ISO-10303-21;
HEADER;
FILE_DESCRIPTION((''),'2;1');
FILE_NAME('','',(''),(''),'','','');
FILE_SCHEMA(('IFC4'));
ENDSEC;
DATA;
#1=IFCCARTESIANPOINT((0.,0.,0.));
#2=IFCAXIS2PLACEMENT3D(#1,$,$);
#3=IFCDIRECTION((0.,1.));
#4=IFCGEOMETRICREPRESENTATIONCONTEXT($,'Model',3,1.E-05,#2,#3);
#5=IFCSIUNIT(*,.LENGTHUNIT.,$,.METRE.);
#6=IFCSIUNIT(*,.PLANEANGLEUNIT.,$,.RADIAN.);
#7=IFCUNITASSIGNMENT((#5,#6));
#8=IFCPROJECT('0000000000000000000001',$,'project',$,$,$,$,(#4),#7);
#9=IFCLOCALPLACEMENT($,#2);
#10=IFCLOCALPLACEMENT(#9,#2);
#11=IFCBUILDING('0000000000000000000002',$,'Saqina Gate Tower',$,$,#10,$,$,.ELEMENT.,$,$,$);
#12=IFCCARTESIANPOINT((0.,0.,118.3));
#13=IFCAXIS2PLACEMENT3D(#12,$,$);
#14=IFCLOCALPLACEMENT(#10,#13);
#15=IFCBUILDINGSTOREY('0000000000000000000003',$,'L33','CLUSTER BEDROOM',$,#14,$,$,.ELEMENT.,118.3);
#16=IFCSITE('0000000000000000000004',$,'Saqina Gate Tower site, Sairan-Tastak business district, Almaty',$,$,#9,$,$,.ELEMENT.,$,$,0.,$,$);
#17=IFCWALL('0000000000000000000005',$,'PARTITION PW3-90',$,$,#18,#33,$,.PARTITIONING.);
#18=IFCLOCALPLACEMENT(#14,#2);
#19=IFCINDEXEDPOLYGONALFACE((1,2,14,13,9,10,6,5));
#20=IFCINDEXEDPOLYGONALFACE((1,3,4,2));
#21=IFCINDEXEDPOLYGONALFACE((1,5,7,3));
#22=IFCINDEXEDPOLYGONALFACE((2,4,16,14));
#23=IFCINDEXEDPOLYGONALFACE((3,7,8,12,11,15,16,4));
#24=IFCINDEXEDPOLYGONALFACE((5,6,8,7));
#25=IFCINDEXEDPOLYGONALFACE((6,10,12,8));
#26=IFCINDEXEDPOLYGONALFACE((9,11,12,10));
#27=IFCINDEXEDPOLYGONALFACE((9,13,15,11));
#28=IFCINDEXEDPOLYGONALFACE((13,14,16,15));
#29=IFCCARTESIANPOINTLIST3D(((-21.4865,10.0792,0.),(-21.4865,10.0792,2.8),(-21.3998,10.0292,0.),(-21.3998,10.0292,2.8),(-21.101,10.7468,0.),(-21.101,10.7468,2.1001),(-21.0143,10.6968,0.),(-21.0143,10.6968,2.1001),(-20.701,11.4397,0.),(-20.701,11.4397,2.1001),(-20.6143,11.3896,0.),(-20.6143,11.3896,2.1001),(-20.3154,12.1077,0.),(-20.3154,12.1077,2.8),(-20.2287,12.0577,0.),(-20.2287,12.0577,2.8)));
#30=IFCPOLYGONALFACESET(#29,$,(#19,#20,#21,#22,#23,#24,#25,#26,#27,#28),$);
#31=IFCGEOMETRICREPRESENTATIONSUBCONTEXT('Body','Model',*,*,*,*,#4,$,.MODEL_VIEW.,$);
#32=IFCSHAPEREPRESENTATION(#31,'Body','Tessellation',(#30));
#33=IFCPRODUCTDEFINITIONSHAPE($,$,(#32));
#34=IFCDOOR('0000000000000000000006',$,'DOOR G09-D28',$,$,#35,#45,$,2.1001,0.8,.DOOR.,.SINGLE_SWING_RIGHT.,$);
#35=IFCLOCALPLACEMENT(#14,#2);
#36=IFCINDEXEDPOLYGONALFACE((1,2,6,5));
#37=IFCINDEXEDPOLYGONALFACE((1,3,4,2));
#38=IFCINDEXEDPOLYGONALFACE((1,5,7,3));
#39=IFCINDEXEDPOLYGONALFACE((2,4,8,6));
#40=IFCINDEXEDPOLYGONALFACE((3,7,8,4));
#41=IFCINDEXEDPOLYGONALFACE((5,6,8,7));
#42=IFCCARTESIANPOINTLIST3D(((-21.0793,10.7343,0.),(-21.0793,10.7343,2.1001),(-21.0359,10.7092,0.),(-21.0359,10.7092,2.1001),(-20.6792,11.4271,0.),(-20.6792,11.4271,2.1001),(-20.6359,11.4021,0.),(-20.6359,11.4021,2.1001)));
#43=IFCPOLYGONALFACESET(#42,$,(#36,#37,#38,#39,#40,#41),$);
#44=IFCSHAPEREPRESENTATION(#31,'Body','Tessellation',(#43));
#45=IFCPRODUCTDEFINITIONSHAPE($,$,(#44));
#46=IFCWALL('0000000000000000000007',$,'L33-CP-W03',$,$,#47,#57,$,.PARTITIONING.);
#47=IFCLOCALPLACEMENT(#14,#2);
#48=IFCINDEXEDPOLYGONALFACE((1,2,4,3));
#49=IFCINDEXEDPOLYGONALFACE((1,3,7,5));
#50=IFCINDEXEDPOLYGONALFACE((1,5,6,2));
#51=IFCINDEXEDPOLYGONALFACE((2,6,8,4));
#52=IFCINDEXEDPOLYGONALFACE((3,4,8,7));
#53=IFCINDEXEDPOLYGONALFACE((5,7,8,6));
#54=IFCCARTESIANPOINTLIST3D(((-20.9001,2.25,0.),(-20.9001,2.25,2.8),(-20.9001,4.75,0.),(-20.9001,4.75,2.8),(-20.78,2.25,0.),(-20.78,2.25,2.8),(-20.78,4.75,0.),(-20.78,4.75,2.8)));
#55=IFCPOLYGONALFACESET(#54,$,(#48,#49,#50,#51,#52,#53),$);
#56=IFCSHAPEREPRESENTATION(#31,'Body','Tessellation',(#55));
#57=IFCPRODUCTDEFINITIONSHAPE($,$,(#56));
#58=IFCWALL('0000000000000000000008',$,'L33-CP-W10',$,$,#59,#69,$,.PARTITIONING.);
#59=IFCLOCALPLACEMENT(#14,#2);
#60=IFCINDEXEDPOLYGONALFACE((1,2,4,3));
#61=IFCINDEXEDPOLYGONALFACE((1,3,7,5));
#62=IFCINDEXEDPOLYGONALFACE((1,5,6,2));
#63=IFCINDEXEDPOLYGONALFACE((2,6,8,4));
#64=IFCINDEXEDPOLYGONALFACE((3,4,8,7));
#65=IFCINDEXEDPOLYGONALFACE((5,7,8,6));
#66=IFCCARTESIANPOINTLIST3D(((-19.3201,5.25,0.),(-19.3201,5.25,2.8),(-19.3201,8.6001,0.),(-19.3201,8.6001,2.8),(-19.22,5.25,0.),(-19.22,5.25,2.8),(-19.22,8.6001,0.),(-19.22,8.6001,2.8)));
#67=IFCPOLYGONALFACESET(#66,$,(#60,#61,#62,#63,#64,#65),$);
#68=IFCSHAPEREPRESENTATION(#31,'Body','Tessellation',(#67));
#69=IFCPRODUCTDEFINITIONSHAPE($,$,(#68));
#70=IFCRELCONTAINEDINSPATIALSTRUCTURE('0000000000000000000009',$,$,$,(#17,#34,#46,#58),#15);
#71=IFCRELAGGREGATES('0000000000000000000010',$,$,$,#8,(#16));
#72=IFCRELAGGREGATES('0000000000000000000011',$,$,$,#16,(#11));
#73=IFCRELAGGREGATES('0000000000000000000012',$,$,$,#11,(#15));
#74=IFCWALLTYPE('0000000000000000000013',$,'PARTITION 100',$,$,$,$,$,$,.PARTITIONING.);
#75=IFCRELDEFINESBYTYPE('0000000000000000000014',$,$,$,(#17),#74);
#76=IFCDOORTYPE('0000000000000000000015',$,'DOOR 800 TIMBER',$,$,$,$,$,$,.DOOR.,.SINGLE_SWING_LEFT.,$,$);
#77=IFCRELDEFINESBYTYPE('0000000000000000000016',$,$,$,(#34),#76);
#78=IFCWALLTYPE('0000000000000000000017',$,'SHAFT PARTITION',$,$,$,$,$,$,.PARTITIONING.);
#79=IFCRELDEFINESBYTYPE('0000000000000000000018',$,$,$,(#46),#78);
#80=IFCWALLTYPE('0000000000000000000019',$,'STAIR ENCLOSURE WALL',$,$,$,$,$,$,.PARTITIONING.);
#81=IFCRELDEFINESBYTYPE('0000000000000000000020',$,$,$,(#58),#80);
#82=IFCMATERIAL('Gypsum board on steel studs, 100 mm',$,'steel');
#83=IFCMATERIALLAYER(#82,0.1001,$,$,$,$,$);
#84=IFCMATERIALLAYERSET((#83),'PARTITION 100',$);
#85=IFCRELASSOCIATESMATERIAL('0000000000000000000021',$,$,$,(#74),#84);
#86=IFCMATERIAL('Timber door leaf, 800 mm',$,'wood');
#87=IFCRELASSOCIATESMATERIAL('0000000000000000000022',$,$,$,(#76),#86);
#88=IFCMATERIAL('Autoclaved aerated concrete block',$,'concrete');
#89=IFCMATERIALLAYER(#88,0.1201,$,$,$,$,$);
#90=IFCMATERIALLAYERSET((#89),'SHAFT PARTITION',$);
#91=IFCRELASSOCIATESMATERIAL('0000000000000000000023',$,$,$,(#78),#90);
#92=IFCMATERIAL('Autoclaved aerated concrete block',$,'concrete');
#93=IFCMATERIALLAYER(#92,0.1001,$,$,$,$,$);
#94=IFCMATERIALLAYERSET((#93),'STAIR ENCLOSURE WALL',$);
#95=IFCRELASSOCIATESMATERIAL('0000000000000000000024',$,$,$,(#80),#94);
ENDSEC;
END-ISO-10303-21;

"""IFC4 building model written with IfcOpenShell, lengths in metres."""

from ifc_helpers import new_model, si_unit, direction, frame, frame_2d, origin, place, context, subcontext, project, spatial, rectangle, extrude, material, layer, layer_set, type_object, element, fill, save


model = new_model("IFC4")

# Units and contexts
model_context = context("Model", 3, precision=1e-05, world=origin(), true_north=direction((0.0, 1.0)))
body_context = subcontext(model_context, "Body", "Model", "MODEL_VIEW")
ifc_project = project(units=[si_unit("LENGTHUNIT", "METRE"), si_unit("PLANEANGLEUNIT", "RADIAN")], contexts=[model_context])

# Site, building, storey
site_placement = place(None, origin())
site = spatial("IfcSite", under=ifc_project, at=site_placement, Name="Saqina Gate Tower site, Sairan-Tastak business district, Almaty", CompositionType="ELEMENT", RefElevation=0.0)
building_placement = place(site_placement, origin())
building = spatial("IfcBuilding", under=site, at=building_placement, Name="Saqina Gate Tower", CompositionType="ELEMENT")
storey_placement = place(building_placement, frame((0.0, 0.0, 118.3)))
storey = spatial("IfcBuildingStorey", under=building, at=storey_placement, Name="L33", Description="CLUSTER BEDROOM", CompositionType="ELEMENT", Elevation=118.3)

# Wall, opening, door
ifc_material_1 = material(Name="Gypsum board on steel studs, 100 mm", Category="steel")
ifc_layer_1 = layer(ifc_material_1, 0.1001)
ifc_layer_set_1 = layer_set([ifc_layer_1], Name="PARTITION 100")
wall_type_1 = type_object("IfcWallType", Name="PARTITION 100", PredefinedType="PARTITIONING", material=ifc_layer_set_1)
wall_1_placement = place(storey_placement, frame((-21.4431, 10.0542, 0.0), z_axis=(0.0, 0.0, 1.0), x_axis=(0.499984, 0.866035, 0.0)))
wall_1 = element("IfcWall", 1, at=wall_1_placement, inside=storey, type_object=wall_type_1, Name="PARTITION PW3-90", PredefinedType="PARTITIONING", context=body_context, shape_type="SweptSolid", body=[
    extrude(rectangle(XDim=2.3423, YDim=0.1001, at=frame_2d((1.1711, 0.0))), origin(), (0.0, 0.0, 1.0), 2.8),
])
opening_1_placement = place(wall_1_placement, frame((0.771, 0.0, 0.0)))
opening_1 = element("IfcOpeningElement", 2, at=opening_1_placement, cuts=wall_1, PredefinedType="OPENING", context=body_context, shape_type="SweptSolid", body=[
    extrude(rectangle(XDim=0.8, YDim=2.1001, at=frame_2d((0.3999, 1.05))), frame((0.0, 0.062, 0.0), z_axis=(0.0, -1.0, 0.0), x_axis=(1.0, 0.0, 0.0)), (0.0, 0.0, 1.0), 0.124),
])
ifc_material_2 = material(Name="Timber door leaf, 800 mm", Category="wood")
door_type_1 = type_object("IfcDoorType", Name="DOOR 800 TIMBER", OperationType="SINGLE_SWING_LEFT", PredefinedType="DOOR", material=ifc_material_2)
door_1_placement = place(opening_1_placement, origin())
door_1 = element("IfcDoor", 3, at=door_1_placement, inside=storey, type_object=door_type_1, Name="DOOR G09-D28", OperationType="SINGLE_SWING_RIGHT", OverallHeight=2.1001, OverallWidth=0.8, PredefinedType="DOOR", context=body_context, shape_type="SweptSolid", body=[
    extrude(rectangle(XDim=0.8, YDim=2.1001, at=frame_2d((0.3999, 1.05))), frame((0.0, 0.0249, 0.0), z_axis=(0.0, -1.0, 0.0), x_axis=(1.0, 0.0, 0.0)), (0.0, 0.0, 1.0), 0.05),
])
fill(opening_1, door_1)

# Walls
ifc_material_3 = material(Name="Autoclaved aerated concrete block", Category="concrete")
ifc_layer_2 = layer(ifc_material_3, 0.1201)
ifc_layer_set_2 = layer_set([ifc_layer_2], Name="SHAFT PARTITION")
wall_type_2 = type_object("IfcWallType", Name="SHAFT PARTITION", PredefinedType="PARTITIONING", material=ifc_layer_set_2)
wall_2_placement = place(storey_placement, frame((-20.8401, 2.25, 0.0), z_axis=(0.0, 0.0, 1.0), x_axis=(0.0, 1.0, 0.0)))
element("IfcWall", 4, at=wall_2_placement, inside=storey, type_object=wall_type_2, Name="L33-CP-W03", PredefinedType="PARTITIONING", context=body_context, shape_type="SweptSolid", body=[
    extrude(rectangle(XDim=2.5, YDim=0.1201, at=frame_2d((1.25, 0.0))), origin(), (0.0, 0.0, 1.0), 2.8),
])
ifc_material_4 = material(Name="Autoclaved aerated concrete block", Category="concrete")
ifc_layer_3 = layer(ifc_material_4, 0.1001)
ifc_layer_set_3 = layer_set([ifc_layer_3], Name="STAIR ENCLOSURE WALL")
wall_type_3 = type_object("IfcWallType", Name="STAIR ENCLOSURE WALL", PredefinedType="PARTITIONING", material=ifc_layer_set_3)
wall_3_placement = place(storey_placement, frame((-19.27, 5.25, 0.0), z_axis=(0.0, 0.0, 1.0), x_axis=(0.0, 1.0, 0.0)))
element("IfcWall", 5, at=wall_3_placement, inside=storey, type_object=wall_type_3, Name="L33-CP-W10", PredefinedType="PARTITIONING", context=body_context, shape_type="SweptSolid", body=[
    extrude(rectangle(XDim=3.3501, YDim=0.1001, at=frame_2d((1.675, 0.0))), origin(), (0.0, 0.0, 1.0), 2.8),
])

save(model, "model.ifc")
